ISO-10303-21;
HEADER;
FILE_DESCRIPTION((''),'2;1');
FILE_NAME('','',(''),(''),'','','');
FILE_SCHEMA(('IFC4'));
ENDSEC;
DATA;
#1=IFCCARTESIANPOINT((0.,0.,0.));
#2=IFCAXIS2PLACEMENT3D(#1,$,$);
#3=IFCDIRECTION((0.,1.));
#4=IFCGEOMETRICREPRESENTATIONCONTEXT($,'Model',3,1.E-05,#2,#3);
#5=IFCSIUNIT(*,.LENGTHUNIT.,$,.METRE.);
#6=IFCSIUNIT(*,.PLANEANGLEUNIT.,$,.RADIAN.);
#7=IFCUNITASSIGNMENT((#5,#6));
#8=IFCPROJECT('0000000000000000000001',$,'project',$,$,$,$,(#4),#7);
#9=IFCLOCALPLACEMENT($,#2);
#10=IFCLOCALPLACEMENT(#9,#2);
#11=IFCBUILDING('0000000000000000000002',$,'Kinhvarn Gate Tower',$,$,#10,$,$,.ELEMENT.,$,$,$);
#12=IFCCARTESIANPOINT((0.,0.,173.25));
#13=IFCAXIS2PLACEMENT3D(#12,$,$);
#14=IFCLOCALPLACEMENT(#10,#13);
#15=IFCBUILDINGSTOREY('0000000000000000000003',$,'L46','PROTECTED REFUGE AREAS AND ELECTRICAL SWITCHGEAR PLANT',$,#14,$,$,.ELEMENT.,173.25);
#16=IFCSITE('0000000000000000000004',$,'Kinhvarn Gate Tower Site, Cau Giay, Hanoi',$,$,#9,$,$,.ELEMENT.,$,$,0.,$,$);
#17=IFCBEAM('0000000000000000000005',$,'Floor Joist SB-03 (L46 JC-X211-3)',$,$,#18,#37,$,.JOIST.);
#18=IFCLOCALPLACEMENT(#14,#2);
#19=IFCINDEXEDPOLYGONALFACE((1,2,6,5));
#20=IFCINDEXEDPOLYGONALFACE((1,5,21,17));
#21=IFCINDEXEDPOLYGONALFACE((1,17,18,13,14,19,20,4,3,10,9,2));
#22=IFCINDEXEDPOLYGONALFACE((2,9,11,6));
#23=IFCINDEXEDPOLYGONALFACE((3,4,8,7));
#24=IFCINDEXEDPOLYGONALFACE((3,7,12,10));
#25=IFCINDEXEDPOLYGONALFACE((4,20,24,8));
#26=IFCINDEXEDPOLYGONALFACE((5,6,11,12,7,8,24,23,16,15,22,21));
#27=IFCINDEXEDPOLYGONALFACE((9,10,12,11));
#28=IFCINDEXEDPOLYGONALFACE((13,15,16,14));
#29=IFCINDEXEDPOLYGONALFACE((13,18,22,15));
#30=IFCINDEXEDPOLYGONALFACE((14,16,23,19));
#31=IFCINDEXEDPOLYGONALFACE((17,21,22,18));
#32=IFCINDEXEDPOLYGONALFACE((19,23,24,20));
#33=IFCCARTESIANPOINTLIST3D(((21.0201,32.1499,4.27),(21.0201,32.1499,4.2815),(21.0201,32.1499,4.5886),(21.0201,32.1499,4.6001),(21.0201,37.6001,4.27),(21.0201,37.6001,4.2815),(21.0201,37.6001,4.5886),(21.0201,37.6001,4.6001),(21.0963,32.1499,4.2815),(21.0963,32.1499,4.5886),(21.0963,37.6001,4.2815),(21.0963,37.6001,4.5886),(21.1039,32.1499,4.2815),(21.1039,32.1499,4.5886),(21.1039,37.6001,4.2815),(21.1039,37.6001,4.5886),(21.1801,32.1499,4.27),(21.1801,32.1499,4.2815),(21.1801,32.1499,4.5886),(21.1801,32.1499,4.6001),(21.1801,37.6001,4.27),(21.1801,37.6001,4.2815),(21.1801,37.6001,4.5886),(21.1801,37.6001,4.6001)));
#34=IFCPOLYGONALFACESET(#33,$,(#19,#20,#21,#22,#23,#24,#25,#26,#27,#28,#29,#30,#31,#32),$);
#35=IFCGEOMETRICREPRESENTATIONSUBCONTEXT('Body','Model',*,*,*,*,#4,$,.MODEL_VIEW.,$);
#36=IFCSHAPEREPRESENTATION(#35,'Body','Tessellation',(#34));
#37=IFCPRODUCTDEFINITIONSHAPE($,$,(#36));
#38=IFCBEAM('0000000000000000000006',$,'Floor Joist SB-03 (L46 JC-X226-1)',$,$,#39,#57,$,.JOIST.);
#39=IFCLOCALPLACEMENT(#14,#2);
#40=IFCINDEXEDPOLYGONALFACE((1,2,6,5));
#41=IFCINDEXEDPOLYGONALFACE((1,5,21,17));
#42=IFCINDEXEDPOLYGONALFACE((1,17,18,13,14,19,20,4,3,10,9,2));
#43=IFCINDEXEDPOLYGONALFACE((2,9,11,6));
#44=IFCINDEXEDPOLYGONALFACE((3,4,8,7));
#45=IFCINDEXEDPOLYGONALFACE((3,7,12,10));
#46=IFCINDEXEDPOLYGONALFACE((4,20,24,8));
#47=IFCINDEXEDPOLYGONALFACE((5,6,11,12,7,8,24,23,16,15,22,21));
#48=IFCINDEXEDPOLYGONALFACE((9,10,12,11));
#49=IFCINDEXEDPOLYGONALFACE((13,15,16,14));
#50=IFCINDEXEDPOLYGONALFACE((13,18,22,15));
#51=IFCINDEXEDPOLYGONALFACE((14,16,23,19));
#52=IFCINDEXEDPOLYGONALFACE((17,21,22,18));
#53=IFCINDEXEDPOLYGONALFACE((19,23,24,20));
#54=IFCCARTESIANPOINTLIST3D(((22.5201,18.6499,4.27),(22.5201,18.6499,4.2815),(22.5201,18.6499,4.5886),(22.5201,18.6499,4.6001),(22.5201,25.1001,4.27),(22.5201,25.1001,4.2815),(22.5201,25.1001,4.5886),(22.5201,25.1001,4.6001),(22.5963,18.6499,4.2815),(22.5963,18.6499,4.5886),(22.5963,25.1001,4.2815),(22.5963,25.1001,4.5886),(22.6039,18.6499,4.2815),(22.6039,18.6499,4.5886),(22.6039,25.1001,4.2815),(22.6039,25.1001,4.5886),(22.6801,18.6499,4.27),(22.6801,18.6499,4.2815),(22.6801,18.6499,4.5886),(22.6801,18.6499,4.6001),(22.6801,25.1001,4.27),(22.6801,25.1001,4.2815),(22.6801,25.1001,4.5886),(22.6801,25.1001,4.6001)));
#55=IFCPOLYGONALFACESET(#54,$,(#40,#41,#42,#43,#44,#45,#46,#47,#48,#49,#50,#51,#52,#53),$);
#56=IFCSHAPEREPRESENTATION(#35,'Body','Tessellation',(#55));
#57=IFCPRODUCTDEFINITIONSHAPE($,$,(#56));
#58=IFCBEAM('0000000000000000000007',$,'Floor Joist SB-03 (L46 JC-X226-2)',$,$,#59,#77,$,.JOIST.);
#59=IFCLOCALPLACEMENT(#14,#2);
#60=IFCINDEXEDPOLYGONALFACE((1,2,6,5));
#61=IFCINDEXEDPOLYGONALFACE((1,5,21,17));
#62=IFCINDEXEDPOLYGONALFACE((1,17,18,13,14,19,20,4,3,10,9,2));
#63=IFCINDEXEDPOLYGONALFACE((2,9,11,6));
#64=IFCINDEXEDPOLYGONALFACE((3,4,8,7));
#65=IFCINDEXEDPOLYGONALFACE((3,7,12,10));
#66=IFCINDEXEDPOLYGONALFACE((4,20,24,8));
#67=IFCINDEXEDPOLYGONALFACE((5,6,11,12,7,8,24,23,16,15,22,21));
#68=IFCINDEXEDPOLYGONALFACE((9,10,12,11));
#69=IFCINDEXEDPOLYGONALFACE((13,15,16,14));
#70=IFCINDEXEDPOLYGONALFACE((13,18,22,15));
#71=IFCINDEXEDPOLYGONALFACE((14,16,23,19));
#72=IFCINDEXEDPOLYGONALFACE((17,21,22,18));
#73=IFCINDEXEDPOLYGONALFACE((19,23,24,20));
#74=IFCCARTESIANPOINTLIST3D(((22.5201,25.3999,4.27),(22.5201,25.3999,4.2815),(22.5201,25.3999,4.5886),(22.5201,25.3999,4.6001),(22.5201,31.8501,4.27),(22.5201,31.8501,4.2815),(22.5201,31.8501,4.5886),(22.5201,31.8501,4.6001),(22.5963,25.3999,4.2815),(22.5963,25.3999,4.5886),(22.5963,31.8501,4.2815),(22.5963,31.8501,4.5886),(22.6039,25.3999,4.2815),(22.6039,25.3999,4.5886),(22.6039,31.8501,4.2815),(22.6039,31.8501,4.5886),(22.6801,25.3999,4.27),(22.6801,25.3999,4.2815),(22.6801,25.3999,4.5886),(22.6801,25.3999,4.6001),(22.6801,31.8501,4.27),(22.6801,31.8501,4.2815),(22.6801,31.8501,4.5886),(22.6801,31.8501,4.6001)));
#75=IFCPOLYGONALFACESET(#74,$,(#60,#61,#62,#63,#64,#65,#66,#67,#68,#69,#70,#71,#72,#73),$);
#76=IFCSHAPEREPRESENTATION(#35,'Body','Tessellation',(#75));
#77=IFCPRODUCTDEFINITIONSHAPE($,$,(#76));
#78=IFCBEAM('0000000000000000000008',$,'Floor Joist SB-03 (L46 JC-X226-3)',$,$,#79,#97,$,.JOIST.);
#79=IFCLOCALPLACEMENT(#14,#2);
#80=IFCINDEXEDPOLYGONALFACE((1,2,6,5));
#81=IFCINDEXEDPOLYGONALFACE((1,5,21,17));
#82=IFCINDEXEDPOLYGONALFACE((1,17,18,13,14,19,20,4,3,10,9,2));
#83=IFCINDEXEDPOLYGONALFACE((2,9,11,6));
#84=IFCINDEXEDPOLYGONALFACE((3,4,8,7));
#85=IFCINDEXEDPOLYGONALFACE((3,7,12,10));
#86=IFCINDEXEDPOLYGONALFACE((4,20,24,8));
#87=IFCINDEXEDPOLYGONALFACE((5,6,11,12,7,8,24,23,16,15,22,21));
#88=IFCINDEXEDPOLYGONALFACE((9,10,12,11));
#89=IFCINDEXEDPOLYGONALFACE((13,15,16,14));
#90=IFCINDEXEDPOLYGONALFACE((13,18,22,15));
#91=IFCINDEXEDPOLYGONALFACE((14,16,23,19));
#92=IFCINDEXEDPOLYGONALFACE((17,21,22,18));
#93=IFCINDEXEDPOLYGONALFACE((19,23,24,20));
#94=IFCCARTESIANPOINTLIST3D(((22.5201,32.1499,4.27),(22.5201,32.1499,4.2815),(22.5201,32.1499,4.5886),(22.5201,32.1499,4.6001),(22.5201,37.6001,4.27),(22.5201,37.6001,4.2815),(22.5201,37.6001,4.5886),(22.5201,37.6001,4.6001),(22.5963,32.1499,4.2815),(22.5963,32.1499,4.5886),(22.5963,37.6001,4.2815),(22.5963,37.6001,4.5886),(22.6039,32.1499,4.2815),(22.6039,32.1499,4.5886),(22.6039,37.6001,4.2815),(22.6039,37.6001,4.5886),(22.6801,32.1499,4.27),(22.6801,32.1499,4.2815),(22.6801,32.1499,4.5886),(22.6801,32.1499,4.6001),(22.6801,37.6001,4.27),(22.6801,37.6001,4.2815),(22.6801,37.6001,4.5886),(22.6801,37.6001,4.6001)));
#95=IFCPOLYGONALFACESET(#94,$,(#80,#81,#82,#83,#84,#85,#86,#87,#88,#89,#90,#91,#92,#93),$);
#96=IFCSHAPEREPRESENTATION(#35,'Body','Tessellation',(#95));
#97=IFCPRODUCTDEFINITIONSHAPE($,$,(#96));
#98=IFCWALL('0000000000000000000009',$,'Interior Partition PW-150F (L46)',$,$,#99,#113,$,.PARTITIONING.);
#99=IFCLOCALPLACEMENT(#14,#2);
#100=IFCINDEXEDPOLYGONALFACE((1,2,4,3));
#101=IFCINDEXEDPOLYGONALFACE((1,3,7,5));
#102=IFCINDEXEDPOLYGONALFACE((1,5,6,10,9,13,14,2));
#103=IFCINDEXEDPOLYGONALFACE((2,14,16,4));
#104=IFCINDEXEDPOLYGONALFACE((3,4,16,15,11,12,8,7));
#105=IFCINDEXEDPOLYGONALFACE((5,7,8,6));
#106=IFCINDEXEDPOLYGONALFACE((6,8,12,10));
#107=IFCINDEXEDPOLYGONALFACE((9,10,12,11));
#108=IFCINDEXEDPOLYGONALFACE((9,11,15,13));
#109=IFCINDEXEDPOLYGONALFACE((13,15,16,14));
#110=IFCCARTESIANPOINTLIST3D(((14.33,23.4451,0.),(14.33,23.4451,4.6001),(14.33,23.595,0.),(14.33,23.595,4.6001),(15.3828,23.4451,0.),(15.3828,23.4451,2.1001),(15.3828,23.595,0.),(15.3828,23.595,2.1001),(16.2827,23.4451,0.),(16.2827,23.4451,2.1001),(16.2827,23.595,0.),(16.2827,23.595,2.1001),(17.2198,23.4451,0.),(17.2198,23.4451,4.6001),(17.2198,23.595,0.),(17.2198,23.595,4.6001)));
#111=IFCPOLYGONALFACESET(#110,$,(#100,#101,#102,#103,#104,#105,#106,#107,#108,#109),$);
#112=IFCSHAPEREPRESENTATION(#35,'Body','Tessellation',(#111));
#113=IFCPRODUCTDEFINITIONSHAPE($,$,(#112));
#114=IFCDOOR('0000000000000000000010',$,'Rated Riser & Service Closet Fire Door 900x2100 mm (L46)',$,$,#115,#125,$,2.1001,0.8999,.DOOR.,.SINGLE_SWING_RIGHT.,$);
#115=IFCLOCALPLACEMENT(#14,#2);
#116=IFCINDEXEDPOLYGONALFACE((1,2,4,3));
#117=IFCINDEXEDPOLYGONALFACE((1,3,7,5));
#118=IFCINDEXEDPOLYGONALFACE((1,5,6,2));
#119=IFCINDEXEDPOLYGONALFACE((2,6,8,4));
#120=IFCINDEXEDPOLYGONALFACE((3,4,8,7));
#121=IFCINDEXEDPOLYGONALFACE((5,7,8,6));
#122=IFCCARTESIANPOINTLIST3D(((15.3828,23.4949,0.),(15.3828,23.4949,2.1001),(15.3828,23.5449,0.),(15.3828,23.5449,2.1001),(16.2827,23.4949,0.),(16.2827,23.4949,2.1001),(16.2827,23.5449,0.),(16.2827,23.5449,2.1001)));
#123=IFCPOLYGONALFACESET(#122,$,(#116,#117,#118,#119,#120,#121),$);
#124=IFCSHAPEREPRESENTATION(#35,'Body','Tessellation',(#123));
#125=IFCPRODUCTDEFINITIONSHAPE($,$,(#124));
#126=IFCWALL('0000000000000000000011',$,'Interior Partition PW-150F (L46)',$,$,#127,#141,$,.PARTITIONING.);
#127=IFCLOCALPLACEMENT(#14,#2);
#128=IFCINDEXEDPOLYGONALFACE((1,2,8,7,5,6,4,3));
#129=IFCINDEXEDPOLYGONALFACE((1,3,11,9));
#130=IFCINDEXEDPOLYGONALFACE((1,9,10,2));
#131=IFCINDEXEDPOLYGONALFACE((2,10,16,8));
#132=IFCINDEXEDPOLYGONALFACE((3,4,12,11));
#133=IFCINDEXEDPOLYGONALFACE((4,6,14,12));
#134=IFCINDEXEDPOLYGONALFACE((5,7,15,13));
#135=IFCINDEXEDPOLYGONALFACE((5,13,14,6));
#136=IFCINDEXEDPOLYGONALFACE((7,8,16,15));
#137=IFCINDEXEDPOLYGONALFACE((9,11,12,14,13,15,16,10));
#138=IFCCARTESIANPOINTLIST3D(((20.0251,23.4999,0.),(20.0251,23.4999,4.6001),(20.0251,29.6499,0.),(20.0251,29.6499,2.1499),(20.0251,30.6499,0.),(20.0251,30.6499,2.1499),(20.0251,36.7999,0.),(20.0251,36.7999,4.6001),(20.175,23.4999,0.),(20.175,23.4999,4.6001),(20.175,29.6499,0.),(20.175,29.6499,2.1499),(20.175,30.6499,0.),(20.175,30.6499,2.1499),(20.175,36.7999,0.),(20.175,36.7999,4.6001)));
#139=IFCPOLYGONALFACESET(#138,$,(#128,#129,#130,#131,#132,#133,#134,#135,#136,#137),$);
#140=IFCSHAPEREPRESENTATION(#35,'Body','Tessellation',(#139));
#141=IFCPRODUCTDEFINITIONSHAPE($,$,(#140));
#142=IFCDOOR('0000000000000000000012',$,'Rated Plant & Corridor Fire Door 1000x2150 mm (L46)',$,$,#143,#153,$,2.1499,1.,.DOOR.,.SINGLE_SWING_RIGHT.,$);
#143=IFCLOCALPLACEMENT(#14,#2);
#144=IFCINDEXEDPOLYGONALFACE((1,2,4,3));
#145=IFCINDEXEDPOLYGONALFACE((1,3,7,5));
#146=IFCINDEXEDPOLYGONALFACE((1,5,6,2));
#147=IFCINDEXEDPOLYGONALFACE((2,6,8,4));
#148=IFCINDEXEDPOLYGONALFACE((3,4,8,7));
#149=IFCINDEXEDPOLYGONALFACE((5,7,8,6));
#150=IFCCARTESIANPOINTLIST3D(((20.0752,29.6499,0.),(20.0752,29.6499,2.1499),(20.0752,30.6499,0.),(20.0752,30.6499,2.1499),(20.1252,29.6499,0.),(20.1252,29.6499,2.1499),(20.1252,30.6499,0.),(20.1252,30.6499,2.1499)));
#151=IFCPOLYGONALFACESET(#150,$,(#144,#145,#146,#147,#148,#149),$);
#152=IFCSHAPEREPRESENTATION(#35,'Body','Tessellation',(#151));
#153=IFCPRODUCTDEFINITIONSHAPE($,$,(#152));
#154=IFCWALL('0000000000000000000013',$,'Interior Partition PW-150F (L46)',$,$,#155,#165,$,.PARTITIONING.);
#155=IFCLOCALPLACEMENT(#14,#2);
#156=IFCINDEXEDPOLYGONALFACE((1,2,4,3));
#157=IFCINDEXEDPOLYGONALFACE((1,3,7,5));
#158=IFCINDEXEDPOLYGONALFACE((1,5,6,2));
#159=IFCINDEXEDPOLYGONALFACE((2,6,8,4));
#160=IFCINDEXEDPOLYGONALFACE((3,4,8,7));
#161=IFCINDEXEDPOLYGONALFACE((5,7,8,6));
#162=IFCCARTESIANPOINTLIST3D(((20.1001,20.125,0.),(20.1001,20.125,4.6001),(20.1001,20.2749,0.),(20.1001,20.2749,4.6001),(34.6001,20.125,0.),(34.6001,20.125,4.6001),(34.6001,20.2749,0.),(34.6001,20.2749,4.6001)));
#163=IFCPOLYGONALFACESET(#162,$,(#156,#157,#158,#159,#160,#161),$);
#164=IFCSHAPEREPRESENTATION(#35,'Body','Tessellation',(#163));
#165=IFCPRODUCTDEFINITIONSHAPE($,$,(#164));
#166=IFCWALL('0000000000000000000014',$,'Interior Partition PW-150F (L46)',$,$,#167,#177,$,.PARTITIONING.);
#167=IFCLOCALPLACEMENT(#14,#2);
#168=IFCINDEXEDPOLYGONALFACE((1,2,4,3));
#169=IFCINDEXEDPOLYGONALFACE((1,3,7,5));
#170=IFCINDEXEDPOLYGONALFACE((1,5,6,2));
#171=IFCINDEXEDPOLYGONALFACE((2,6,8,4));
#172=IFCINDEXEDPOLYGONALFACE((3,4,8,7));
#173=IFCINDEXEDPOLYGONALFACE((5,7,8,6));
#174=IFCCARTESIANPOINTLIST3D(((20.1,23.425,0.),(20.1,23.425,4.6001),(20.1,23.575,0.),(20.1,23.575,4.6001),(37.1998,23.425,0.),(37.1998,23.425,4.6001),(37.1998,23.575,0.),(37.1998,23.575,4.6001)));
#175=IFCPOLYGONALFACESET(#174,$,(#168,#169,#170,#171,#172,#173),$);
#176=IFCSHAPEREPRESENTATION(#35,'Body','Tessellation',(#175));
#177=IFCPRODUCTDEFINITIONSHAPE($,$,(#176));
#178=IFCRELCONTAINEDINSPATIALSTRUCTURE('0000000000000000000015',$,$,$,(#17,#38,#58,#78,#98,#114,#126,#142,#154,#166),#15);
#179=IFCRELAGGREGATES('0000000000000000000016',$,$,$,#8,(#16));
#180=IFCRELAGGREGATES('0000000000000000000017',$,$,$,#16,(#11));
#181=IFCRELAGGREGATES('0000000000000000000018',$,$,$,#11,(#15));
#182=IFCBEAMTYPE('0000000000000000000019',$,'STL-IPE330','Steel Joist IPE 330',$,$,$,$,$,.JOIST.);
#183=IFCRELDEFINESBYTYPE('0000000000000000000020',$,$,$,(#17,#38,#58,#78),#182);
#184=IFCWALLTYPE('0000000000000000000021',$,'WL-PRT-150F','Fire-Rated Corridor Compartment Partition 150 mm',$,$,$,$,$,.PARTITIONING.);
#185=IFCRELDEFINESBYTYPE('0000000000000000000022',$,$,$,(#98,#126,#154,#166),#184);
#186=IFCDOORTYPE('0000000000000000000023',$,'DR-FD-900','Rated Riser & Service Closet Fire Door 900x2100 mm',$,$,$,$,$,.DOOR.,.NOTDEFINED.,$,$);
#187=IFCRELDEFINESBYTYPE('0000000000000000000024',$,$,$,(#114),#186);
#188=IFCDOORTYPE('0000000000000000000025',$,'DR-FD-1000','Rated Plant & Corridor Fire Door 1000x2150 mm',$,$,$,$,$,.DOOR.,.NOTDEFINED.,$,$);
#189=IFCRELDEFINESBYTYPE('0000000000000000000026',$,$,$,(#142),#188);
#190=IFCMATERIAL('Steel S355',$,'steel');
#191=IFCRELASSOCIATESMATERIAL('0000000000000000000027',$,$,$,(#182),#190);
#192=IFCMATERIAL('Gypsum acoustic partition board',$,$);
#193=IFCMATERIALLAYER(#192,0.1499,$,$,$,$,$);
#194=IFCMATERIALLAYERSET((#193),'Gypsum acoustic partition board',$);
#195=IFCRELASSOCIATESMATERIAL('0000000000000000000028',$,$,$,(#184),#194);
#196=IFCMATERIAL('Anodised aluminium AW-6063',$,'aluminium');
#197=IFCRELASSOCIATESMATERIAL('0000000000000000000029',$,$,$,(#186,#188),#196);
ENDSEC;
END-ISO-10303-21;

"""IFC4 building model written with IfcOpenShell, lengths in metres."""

from ifc_helpers import new_model, si_unit, direction, frame, frame_2d, origin, origin_2d, place, context, subcontext, project, spatial, rectangle, i_section, extrude, material, layer, layer_set, material_profile, profile_set, type_object, element, fill, save


model = new_model("IFC4")

# Units and contexts
model_context = context("Model", 3, precision=1e-05, world=origin(), true_north=direction((0.0, 1.0)))
body_context = subcontext(model_context, "Body", "Model", "MODEL_VIEW")
ifc_project = project(units=[si_unit("LENGTHUNIT", "METRE"), si_unit("PLANEANGLEUNIT", "RADIAN")], contexts=[model_context])

# Site, building, storey
site_placement = place(None, origin())
site = spatial("IfcSite", under=ifc_project, at=site_placement, Name="Kinhvarn Gate Tower Site, Cau Giay, Hanoi", CompositionType="ELEMENT", RefElevation=0.0)
building_placement = place(site_placement, origin())
building = spatial("IfcBuilding", under=site, at=building_placement, Name="Kinhvarn Gate Tower", CompositionType="ELEMENT")
storey_placement = place(building_placement, frame((0.0, 0.0, 173.25)))
storey = spatial("IfcBuildingStorey", under=building, at=storey_placement, Name="L46", Description="PROTECTED REFUGE AREAS AND ELECTRICAL SWITCHGEAR PLANT", CompositionType="ELEMENT", Elevation=173.25)

# Beams
ifc_material_1 = material(Name="Steel S355", Category="steel")
ifc_material_profile_1 = material_profile(ifc_material_1, i_section(OverallWidth=0.1599, OverallDepth=0.3301, WebThickness=0.0076, FlangeThickness=0.0115, at=origin_2d()), Name="IPE 330")
ifc_profile_set_1 = profile_set([ifc_material_profile_1], Name="Steel S355")
beam_type_1 = type_object("IfcBeamType", Name="STL-IPE330", Description="Steel Joist IPE 330", PredefinedType="JOIST", material=ifc_profile_set_1)
beam_1_placement = place(storey_placement, frame((21.1001, 32.1499, 4.4351), z_axis=(0.0, 1.0, 0.0), x_axis=(-1.0, 0.0, 0.0)))
element("IfcBeam", 1, at=beam_1_placement, inside=storey, type_object=beam_type_1, Name="Floor Joist SB-03 (L46 JC-X211-3)", PredefinedType="JOIST", context=body_context, shape_type="SweptSolid", body=[
    extrude(i_section(OverallWidth=0.1599, OverallDepth=0.3301, WebThickness=0.0076, FlangeThickness=0.0115, at=origin_2d()), origin(), (0.0, 0.0, 1.0), 5.4502),
])
for number, where, z_axis, x_axis, name in (
    (2, (22.6001, 18.6499, 4.4351), (0.0, 1.0, 0.0), (-1.0, 0.0, 0.0), "Floor Joist SB-03 (L46 JC-X226-1)"),
    (3, (22.6001, 25.3999, 4.4351), (0.0, 1.0, 0.0), (-1.0, 0.0, 0.0), "Floor Joist SB-03 (L46 JC-X226-2)"),
):
    element("IfcBeam", number, at=place(storey_placement, frame(where, z_axis=z_axis, x_axis=x_axis)), inside=storey, type_object=beam_type_1, Name=name, PredefinedType="JOIST", context=body_context, shape_type="SweptSolid", body=[
        extrude(i_section(OverallWidth=0.1599, OverallDepth=0.3301, WebThickness=0.0076, FlangeThickness=0.0115, at=origin_2d()), origin(), (0.0, 0.0, 1.0), 6.4502),
    ])
beam_2_placement = place(storey_placement, frame((22.6001, 32.1499, 4.4351), z_axis=(0.0, 1.0, 0.0), x_axis=(-1.0, 0.0, 0.0)))
element("IfcBeam", 4, at=beam_2_placement, inside=storey, type_object=beam_type_1, Name="Floor Joist SB-03 (L46 JC-X226-3)", PredefinedType="JOIST", context=body_context, shape_type="SweptSolid", body=[
    extrude(i_section(OverallWidth=0.1599, OverallDepth=0.3301, WebThickness=0.0076, FlangeThickness=0.0115, at=origin_2d()), origin(), (0.0, 0.0, 1.0), 5.4502),
])

# Walls, openings, doors
ifc_material_2 = material(Name="Anodised aluminium AW-6063", Category="aluminium")
ifc_material_3 = material(Name="Gypsum acoustic partition board")
ifc_layer_1 = layer(ifc_material_3, 0.1499)
ifc_layer_set_1 = layer_set([ifc_layer_1], Name="Gypsum acoustic partition board")
wall_type_1 = type_object("IfcWallType", Name="WL-PRT-150F", Description="Fire-Rated Corridor Compartment Partition 150 mm", PredefinedType="PARTITIONING", material=ifc_layer_set_1)
wall_1_placement = place(storey_placement, frame((14.3301, 23.52, 0.0), z_axis=(0.0, 0.0, 1.0), x_axis=(1.0, 0.0, 0.0)))
wall_1 = element("IfcWall", 5, at=wall_1_placement, inside=storey, type_object=wall_type_1, Name="Interior Partition PW-150F (L46)", PredefinedType="PARTITIONING", context=body_context, shape_type="SweptSolid", body=[
    extrude(rectangle(XDim=2.8899, YDim=0.1499, at=frame_2d((1.4448, 0.0))), origin(), (0.0, 0.0, 1.0), 4.6001),
])
opening_1_placement = place(wall_1_placement, frame((1.0527, 0.0, 0.0)))
opening_1 = element("IfcOpeningElement", 6, at=opening_1_placement, cuts=wall_1, PredefinedType="OPENING", context=body_context, shape_type="SweptSolid", body=[
    extrude(rectangle(XDim=0.8999, YDim=2.1001, at=frame_2d((0.45, 1.05))), frame((0.0, 0.085, 0.0), z_axis=(0.0, -1.0, 0.0), x_axis=(1.0, 0.0, 0.0)), (0.0, 0.0, 1.0), 0.1699),
])
door_type_1 = type_object("IfcDoorType", Name="DR-FD-900", Description="Rated Riser & Service Closet Fire Door 900x2100 mm", OperationType="NOTDEFINED", PredefinedType="DOOR", material=ifc_material_2)
door_1_placement = place(opening_1_placement, origin())
door_1 = element("IfcDoor", 7, at=door_1_placement, inside=storey, type_object=door_type_1, Name="Rated Riser & Service Closet Fire Door 900x2100 mm (L46)", OperationType="SINGLE_SWING_RIGHT", OverallHeight=2.1001, OverallWidth=0.8999, PredefinedType="DOOR", context=body_context, shape_type="SweptSolid", body=[
    extrude(rectangle(XDim=0.8999, YDim=2.1001, at=frame_2d((0.45, 1.05))), frame((0.0, 0.0249, 0.0), z_axis=(0.0, -1.0, 0.0), x_axis=(1.0, 0.0, 0.0)), (0.0, 0.0, 1.0), 0.05),
])
fill(opening_1, door_1)
wall_2_placement = place(storey_placement, frame((20.1001, 23.5, 0.0), z_axis=(0.0, 0.0, 1.0), x_axis=(0.0, 1.0, 0.0)))
wall_2 = element("IfcWall", 8, at=wall_2_placement, inside=storey, type_object=wall_type_1, Name="Interior Partition PW-150F (L46)", PredefinedType="PARTITIONING", context=body_context, shape_type="SweptSolid", body=[
    extrude(rectangle(XDim=13.3, YDim=0.1499, at=frame_2d((6.6499, 0.0))), origin(), (0.0, 0.0, 1.0), 4.6001),
])
opening_2_placement = place(wall_2_placement, frame((6.1499, 0.0, 0.0)))
opening_2 = element("IfcOpeningElement", 9, at=opening_2_placement, cuts=wall_2, PredefinedType="OPENING", context=body_context, shape_type="SweptSolid", body=[
    extrude(rectangle(XDim=1.0, YDim=2.1499, at=frame_2d((0.5, 1.075))), frame((0.0, 0.085, 0.0), z_axis=(0.0, -1.0, 0.0), x_axis=(1.0, 0.0, 0.0)), (0.0, 0.0, 1.0), 0.1699),
])
door_type_2 = type_object("IfcDoorType", Name="DR-FD-1000", Description="Rated Plant & Corridor Fire Door 1000x2150 mm", OperationType="NOTDEFINED", PredefinedType="DOOR", material=ifc_material_2)
door_2_placement = place(opening_2_placement, origin())
door_2 = element("IfcDoor", 10, at=door_2_placement, inside=storey, type_object=door_type_2, Name="Rated Plant & Corridor Fire Door 1000x2150 mm (L46)", OperationType="SINGLE_SWING_RIGHT", OverallHeight=2.1499, OverallWidth=1.0, PredefinedType="DOOR", context=body_context, shape_type="SweptSolid", body=[
    extrude(rectangle(XDim=1.0, YDim=2.1499, at=frame_2d((0.5, 1.075))), frame((0.0, 0.0249, 0.0), z_axis=(0.0, -1.0, 0.0), x_axis=(1.0, 0.0, 0.0)), (0.0, 0.0, 1.0), 0.05),
])
fill(opening_2, door_2)

# Walls
wall_3_placement = place(storey_placement, frame((20.1001, 20.2, 0.0), z_axis=(0.0, 0.0, 1.0), x_axis=(1.0, 0.0, 0.0)))
element("IfcWall", 11, at=wall_3_placement, inside=storey, type_object=wall_type_1, Name="Interior Partition PW-150F (L46)", PredefinedType="PARTITIONING", context=body_context, shape_type="SweptSolid", body=[
    extrude(rectangle(XDim=14.5, YDim=0.1499, at=frame_2d((7.25, 0.0))), origin(), (0.0, 0.0, 1.0), 4.6001),
])
wall_4_placement = place(storey_placement, frame((20.1001, 23.5, 0.0), z_axis=(0.0, 0.0, 1.0), x_axis=(1.0, 0.0, 0.0)))
element("IfcWall", 12, at=wall_4_placement, inside=storey, type_object=wall_type_1, Name="Interior Partition PW-150F (L46)", PredefinedType="PARTITIONING", context=body_context, shape_type="SweptSolid", body=[
    extrude(rectangle(XDim=17.0999, YDim=0.1499, at=frame_2d((8.5498, 0.0))), origin(), (0.0, 0.0, 1.0), 4.6001),
])

save(model, "model.ifc")
